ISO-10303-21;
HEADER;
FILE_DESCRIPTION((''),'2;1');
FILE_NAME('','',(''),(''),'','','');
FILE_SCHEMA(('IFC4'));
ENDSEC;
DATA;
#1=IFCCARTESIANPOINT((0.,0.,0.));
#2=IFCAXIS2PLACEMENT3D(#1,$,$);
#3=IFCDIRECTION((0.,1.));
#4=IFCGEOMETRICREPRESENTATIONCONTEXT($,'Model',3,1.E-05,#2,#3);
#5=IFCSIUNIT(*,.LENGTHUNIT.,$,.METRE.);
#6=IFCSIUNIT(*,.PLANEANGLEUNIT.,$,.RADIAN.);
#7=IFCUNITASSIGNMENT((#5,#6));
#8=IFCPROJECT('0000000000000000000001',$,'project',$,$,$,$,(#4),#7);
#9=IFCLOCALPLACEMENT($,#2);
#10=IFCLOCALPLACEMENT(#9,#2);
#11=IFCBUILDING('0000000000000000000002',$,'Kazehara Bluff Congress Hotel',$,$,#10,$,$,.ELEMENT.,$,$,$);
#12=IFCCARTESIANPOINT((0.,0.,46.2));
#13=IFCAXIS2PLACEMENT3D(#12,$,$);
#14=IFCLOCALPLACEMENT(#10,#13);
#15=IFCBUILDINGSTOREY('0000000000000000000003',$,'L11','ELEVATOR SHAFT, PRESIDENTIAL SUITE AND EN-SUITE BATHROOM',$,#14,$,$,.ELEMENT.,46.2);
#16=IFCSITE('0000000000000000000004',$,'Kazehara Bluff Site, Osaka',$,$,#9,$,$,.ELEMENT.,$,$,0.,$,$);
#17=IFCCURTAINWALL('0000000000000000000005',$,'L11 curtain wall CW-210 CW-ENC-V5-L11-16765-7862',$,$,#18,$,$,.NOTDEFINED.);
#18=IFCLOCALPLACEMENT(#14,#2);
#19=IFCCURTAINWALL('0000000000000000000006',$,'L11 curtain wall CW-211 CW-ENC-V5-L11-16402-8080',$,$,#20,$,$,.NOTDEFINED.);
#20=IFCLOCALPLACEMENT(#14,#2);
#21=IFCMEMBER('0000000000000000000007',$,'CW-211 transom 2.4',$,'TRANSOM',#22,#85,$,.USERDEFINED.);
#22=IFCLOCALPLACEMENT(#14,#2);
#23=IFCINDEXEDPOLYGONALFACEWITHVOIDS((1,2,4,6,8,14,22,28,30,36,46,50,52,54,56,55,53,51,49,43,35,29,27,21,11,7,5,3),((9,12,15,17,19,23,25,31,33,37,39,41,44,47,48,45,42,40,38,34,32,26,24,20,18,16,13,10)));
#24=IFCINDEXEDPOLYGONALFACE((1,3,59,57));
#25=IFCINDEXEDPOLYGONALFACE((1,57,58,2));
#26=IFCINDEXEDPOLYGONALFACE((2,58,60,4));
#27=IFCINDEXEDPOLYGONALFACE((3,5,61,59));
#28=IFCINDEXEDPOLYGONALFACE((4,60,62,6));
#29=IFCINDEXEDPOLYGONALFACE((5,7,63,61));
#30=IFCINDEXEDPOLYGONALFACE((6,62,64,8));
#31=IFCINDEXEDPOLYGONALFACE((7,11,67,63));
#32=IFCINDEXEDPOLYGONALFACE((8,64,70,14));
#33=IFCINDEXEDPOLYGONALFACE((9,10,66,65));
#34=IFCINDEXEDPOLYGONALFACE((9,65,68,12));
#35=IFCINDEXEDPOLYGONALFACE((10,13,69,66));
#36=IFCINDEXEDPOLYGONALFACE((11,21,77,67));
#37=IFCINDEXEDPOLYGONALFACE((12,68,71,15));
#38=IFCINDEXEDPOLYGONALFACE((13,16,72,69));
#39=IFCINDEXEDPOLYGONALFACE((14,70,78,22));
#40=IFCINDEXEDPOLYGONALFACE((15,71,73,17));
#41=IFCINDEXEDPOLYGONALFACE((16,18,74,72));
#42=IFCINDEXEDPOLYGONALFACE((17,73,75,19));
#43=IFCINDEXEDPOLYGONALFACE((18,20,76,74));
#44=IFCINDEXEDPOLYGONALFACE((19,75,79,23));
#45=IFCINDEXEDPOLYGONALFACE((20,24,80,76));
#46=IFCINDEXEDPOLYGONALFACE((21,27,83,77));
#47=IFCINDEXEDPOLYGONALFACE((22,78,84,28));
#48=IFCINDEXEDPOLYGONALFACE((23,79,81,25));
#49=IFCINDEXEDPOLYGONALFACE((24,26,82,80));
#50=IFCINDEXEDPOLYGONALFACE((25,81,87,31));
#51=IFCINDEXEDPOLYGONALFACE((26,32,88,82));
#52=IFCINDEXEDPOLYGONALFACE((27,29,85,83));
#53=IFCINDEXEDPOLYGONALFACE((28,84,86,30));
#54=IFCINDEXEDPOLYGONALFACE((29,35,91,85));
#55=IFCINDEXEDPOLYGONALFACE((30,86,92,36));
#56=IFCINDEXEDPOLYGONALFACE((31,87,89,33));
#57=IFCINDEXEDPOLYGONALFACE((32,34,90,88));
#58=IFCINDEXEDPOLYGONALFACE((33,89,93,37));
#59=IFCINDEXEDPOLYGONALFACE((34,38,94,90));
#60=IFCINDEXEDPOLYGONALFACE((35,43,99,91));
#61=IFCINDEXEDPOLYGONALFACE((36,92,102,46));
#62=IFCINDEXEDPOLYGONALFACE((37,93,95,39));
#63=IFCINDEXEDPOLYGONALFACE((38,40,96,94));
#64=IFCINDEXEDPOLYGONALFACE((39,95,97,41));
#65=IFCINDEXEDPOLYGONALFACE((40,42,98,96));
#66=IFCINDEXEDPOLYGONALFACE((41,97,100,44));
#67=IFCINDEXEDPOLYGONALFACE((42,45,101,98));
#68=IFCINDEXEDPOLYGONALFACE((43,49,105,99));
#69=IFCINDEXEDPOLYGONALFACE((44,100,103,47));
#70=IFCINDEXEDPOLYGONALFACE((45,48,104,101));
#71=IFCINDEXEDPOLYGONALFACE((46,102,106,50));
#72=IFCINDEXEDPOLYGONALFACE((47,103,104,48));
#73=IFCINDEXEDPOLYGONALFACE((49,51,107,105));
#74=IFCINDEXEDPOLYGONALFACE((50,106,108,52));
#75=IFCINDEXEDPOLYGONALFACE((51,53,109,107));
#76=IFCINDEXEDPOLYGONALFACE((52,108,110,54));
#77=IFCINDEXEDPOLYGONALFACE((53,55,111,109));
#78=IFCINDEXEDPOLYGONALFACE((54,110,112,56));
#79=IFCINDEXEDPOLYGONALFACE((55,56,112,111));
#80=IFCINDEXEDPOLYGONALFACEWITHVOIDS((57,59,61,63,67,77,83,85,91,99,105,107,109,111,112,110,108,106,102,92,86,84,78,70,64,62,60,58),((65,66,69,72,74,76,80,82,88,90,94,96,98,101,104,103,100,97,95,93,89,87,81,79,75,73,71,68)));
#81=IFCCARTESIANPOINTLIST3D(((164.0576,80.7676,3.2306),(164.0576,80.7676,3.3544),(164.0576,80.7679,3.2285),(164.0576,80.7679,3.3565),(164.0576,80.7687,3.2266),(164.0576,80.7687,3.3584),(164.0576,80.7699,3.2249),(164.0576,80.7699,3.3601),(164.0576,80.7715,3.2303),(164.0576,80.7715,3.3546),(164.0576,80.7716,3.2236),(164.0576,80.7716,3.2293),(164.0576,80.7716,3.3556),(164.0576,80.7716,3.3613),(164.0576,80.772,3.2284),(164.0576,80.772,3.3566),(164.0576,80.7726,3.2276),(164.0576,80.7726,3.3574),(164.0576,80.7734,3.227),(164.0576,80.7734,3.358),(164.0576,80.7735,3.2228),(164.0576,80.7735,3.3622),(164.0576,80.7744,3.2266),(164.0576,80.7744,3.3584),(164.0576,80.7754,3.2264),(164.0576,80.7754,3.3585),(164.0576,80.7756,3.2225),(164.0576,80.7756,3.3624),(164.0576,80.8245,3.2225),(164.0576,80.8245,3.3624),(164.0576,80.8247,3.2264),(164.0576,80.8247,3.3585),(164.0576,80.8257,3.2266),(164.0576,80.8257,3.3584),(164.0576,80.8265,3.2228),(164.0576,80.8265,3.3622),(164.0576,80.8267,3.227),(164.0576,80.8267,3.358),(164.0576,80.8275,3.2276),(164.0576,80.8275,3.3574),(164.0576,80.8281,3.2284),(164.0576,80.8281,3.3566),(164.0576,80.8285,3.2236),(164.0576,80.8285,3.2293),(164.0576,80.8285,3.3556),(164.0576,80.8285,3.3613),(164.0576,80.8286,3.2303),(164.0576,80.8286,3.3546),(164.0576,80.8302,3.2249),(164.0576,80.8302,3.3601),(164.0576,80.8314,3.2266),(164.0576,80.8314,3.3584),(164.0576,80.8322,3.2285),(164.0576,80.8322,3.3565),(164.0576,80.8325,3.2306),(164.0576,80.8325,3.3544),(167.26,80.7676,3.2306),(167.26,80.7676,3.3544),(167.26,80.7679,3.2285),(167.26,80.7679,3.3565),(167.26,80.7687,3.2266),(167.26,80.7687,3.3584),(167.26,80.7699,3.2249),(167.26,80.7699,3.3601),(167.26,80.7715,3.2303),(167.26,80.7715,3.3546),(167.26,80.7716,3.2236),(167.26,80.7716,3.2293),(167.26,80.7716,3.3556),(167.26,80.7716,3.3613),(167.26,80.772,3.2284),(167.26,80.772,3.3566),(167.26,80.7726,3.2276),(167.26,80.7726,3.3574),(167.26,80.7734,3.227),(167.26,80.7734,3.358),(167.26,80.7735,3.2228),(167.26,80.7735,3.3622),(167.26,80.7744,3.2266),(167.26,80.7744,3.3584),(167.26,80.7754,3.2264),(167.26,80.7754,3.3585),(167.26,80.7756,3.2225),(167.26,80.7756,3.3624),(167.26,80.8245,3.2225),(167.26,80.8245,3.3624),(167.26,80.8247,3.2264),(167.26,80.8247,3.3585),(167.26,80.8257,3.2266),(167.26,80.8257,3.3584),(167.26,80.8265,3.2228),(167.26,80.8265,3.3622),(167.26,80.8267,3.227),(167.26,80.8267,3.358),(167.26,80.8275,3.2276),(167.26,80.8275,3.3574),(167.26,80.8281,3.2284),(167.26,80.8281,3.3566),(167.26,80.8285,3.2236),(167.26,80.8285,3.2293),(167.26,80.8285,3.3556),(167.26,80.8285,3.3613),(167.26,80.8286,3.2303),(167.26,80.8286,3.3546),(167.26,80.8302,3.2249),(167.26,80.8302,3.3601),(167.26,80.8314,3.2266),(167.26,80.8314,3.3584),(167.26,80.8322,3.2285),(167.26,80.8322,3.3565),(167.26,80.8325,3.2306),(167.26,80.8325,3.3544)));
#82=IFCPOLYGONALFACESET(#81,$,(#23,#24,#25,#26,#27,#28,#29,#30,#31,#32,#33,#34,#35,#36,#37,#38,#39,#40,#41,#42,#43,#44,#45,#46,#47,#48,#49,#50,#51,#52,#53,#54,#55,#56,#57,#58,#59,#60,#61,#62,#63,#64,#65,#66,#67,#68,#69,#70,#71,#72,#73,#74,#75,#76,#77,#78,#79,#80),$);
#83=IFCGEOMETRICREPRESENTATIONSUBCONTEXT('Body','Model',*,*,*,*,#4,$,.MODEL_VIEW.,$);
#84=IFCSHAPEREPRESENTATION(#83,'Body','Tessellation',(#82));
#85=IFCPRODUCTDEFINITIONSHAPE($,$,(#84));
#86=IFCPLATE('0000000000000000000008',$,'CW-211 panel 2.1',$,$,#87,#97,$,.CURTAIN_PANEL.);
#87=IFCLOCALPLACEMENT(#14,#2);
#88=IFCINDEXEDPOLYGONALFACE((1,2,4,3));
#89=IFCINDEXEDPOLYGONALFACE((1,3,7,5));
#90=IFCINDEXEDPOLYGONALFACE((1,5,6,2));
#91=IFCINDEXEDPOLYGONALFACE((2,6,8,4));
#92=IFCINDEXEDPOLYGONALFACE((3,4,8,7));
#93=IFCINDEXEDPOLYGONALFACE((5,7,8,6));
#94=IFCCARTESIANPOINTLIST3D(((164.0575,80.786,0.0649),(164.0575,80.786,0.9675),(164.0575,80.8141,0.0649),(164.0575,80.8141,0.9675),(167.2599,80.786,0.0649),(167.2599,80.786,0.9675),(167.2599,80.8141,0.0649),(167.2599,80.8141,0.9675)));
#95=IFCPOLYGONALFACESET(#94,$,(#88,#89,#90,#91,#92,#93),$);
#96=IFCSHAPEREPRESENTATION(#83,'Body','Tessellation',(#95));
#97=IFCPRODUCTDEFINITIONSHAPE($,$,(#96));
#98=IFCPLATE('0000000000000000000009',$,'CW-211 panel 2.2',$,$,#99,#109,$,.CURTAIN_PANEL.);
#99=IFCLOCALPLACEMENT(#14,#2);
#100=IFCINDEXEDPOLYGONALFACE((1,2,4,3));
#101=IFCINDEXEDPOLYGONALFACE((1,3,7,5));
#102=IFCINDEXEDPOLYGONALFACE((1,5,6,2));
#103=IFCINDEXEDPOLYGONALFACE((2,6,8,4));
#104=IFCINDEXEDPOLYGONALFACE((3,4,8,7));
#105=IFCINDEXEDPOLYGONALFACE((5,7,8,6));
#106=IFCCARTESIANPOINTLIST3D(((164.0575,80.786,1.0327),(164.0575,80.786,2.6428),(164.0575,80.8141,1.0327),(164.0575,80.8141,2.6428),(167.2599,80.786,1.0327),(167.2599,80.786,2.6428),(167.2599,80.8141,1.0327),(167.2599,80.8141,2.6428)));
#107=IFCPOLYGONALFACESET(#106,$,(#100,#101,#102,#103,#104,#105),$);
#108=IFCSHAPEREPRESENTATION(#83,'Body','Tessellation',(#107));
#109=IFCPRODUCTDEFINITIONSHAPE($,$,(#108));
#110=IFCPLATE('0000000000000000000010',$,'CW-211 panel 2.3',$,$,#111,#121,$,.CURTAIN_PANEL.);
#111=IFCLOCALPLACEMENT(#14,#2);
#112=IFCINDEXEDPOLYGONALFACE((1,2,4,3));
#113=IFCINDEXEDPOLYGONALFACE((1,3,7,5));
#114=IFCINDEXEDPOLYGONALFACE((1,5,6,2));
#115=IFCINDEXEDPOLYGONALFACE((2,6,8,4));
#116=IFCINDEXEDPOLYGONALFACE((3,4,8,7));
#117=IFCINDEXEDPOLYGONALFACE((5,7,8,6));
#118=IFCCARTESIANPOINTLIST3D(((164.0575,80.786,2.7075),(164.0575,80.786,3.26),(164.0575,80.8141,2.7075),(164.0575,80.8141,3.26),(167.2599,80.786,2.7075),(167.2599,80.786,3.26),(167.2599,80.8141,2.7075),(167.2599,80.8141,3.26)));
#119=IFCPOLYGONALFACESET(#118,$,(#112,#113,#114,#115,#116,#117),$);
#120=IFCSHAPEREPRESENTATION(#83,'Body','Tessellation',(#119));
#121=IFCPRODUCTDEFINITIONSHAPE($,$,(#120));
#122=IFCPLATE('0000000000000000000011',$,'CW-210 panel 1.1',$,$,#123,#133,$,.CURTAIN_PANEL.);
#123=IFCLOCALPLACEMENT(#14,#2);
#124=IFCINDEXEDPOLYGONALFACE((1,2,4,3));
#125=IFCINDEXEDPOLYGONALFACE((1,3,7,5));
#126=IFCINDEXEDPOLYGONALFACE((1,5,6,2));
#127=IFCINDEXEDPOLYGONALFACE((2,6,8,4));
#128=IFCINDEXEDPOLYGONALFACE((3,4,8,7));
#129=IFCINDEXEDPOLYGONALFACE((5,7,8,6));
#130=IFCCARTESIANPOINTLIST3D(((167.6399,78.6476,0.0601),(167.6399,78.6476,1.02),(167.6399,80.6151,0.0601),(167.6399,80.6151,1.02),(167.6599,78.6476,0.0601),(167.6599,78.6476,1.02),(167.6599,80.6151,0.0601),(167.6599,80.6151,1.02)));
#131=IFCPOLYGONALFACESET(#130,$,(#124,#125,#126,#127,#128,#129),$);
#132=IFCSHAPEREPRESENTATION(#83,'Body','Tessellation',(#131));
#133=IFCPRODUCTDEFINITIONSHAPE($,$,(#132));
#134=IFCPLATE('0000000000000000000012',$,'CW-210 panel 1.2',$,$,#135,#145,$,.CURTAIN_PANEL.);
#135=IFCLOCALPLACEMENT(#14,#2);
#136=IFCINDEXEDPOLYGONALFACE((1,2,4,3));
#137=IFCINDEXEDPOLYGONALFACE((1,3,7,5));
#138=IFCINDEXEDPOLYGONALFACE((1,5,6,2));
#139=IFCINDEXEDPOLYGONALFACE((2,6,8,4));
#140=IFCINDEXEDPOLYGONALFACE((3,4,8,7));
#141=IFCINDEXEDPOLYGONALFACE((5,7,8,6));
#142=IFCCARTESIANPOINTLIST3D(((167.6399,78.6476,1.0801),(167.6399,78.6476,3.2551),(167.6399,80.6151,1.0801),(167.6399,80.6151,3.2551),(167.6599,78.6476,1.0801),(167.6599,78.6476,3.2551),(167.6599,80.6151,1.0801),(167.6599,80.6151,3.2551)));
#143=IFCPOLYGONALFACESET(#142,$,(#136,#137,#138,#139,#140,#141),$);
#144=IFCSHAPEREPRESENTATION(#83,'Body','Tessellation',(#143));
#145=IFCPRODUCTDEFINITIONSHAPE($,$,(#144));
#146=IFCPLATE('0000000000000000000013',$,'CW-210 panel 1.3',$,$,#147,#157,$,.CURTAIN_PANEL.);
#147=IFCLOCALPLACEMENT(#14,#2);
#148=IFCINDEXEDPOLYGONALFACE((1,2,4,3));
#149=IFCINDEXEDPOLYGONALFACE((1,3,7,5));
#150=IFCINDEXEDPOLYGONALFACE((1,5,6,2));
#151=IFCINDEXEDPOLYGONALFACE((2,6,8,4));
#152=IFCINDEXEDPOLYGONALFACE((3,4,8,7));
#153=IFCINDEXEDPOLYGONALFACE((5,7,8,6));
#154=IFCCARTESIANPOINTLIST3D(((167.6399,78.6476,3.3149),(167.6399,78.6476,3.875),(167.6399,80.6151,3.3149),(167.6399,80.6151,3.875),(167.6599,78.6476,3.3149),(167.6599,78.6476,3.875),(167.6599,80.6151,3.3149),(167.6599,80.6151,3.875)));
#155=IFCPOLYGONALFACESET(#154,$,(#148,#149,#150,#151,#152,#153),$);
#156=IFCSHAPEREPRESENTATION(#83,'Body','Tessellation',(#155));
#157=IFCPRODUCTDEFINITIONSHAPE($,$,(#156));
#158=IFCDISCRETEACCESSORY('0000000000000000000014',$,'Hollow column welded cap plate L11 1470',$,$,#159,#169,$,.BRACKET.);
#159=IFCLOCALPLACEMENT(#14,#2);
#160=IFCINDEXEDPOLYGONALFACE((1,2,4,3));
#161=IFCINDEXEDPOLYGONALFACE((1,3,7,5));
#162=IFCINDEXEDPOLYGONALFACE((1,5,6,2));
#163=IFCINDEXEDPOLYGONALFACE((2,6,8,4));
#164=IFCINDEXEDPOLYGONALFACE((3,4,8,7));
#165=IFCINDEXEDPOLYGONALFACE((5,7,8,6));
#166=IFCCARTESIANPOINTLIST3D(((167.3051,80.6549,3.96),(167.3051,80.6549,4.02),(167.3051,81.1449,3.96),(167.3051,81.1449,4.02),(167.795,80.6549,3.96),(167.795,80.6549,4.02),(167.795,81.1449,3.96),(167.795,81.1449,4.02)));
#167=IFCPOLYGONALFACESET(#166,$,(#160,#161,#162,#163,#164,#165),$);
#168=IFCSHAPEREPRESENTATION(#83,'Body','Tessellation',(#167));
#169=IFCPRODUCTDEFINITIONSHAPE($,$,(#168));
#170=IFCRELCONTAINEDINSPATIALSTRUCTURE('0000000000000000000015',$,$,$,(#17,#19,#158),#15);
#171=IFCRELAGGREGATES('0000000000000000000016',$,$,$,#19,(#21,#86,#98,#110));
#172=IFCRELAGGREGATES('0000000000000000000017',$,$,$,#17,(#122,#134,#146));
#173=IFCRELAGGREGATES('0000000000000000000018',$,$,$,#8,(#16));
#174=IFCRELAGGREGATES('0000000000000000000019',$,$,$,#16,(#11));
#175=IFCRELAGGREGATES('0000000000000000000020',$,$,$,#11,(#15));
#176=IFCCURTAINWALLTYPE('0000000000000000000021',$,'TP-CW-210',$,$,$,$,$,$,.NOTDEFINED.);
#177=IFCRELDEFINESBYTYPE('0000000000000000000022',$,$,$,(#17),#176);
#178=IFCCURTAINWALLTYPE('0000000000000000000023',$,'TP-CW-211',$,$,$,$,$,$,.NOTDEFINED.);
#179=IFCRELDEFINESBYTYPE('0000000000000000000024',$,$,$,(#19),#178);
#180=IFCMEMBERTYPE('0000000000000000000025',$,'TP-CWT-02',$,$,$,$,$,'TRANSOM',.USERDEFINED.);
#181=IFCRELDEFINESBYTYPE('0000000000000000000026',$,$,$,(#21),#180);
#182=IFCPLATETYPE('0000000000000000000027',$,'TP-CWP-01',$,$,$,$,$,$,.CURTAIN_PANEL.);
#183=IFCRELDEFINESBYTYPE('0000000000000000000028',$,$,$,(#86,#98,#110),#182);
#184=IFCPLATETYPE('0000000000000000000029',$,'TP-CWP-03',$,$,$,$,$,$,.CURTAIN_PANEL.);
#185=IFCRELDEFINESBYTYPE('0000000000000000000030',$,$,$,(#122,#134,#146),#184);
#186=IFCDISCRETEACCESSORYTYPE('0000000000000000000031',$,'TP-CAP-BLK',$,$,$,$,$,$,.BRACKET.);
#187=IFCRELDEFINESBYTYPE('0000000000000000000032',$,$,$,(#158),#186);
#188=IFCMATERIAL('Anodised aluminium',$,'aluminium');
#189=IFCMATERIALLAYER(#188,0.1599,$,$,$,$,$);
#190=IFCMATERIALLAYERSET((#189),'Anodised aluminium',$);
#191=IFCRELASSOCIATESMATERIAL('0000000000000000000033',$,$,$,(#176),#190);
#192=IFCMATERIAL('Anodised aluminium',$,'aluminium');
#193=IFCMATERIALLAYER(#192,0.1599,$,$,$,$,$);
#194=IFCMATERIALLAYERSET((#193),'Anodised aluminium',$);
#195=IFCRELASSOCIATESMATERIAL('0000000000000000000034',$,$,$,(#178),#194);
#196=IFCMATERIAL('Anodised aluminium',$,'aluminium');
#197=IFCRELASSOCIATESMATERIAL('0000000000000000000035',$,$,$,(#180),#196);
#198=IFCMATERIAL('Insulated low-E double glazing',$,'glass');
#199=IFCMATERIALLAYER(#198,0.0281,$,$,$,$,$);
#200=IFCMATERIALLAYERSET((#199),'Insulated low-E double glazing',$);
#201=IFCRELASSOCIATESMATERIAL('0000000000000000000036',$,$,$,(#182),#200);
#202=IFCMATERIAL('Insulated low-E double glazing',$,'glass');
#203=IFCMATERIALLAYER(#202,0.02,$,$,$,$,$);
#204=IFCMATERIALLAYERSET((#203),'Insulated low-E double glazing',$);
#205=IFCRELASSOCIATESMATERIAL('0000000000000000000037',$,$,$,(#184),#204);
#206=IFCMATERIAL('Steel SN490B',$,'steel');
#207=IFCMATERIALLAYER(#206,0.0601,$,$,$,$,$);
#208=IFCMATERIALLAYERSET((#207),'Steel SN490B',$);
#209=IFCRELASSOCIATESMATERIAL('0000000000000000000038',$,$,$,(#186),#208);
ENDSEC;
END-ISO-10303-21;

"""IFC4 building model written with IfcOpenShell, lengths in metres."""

from ifc_helpers import new_model, si_unit, direction, frame, origin, origin_2d, place, context, subcontext, project, spatial, rectangle, hollow_rectangle, extrude, material, layer, layer_set, material_profile, profile_set, type_object, element, aggregate, save


model = new_model("IFC4")

# Units and contexts
model_context = context("Model", 3, precision=1e-05, world=origin(), true_north=direction((0.0, 1.0)))
body_context = subcontext(model_context, "Body", "Model", "MODEL_VIEW")
ifc_project = project(units=[si_unit("LENGTHUNIT", "METRE"), si_unit("PLANEANGLEUNIT", "RADIAN")], contexts=[model_context])

# Site, building, storey
site_placement = place(None, origin())
site = spatial("IfcSite", under=ifc_project, at=site_placement, Name="Kazehara Bluff Site, Osaka", CompositionType="ELEMENT", RefElevation=0.0)
building_placement = place(site_placement, origin())
building = spatial("IfcBuilding", under=site, at=building_placement, Name="Kazehara Bluff Congress Hotel", CompositionType="ELEMENT")
storey_placement = place(building_placement, frame((0.0, 0.0, 46.2)))
storey = spatial("IfcBuildingStorey", under=building, at=storey_placement, Name="L11", Description="ELEVATOR SHAFT, PRESIDENTIAL SUITE AND EN-SUITE BATHROOM", CompositionType="ELEMENT", Elevation=46.2)

# Curtain wall
ifc_material_1 = material(Name="Anodised aluminium", Category="aluminium")
ifc_layer_1 = layer(ifc_material_1, 0.1599)
ifc_layer_set_1 = layer_set([ifc_layer_1], Name="Anodised aluminium")
curtain_wall_type_1 = type_object("IfcCurtainWallType", Name="TP-CW-210", PredefinedType="NOTDEFINED", material=ifc_layer_set_1)
curtain_wall_1_placement = place(storey_placement, origin())
curtain_wall_1 = element("IfcCurtainWall", 1, at=curtain_wall_1_placement, inside=storey, type_object=curtain_wall_type_1, Name="L11 curtain wall CW-210 CW-ENC-V5-L11-16765-7862", PredefinedType="NOTDEFINED")

# Curtain wall
ifc_material_2 = material(Name="Anodised aluminium", Category="aluminium")
ifc_layer_2 = layer(ifc_material_2, 0.1599)
ifc_layer_set_2 = layer_set([ifc_layer_2], Name="Anodised aluminium")
curtain_wall_type_2 = type_object("IfcCurtainWallType", Name="TP-CW-211", PredefinedType="NOTDEFINED", material=ifc_layer_set_2)
curtain_wall_2_placement = place(storey_placement, origin())
curtain_wall_2 = element("IfcCurtainWall", 2, at=curtain_wall_2_placement, inside=storey, type_object=curtain_wall_type_2, Name="L11 curtain wall CW-211 CW-ENC-V5-L11-16402-8080", PredefinedType="NOTDEFINED")

# Member
ifc_material_3 = material(Name="Anodised aluminium", Category="aluminium")
ifc_material_profile_1 = material_profile(ifc_material_3, hollow_rectangle(XDim=0.0649, YDim=0.1399, WallThickness=0.0039, InnerFilletRadius=0.0039, OuterFilletRadius=0.0081, at=origin_2d()))
ifc_profile_set_1 = profile_set([ifc_material_profile_1], Name="Anodised aluminium")
member_type_1 = type_object("IfcMemberType", Name="TP-CWT-02", ElementType="TRANSOM", PredefinedType="USERDEFINED", material=ifc_profile_set_1)
member_1_placement = place(storey_placement, frame((164.0576, 80.8, 3.2925), z_axis=(1.0, 0.0, 0.0), x_axis=(0.0, 1.0, 0.0)))
member_1 = element("IfcMember", 3, at=member_1_placement, type_object=member_type_1, Name="CW-211 transom 2.4", ObjectType="TRANSOM", PredefinedType="USERDEFINED", context=body_context, shape_type="SweptSolid", body=[
    extrude(hollow_rectangle(XDim=0.0649, YDim=0.1399, WallThickness=0.0039, InnerFilletRadius=0.0039, OuterFilletRadius=0.0081, at=origin_2d()), origin(), (0.0, 0.0, 1.0), 3.2024),
])

# Plates
ifc_material_4 = material(Name="Insulated low-E double glazing", Category="glass")
ifc_layer_3 = layer(ifc_material_4, 0.0281)
ifc_layer_set_3 = layer_set([ifc_layer_3], Name="Insulated low-E double glazing")
plate_type_1 = type_object("IfcPlateType", Name="TP-CWP-01", PredefinedType="CURTAIN_PANEL", material=ifc_layer_set_3)
plate_1_placement = place(storey_placement, frame((165.6587, 80.8, 0.0649), z_axis=(0.0, 0.0, 1.0), x_axis=(1.0, 0.0, 0.0)))
plate_1 = element("IfcPlate", 4, at=plate_1_placement, type_object=plate_type_1, Name="CW-211 panel 2.1", PredefinedType="CURTAIN_PANEL", context=body_context, shape_type="SweptSolid", body=[
    extrude(rectangle(XDim=3.2024, YDim=0.0281, at=origin_2d()), origin(), (0.0, 0.0, 1.0), 0.9026),
])
plate_2_placement = place(storey_placement, frame((165.6587, 80.8, 1.0327), z_axis=(0.0, 0.0, 1.0), x_axis=(1.0, 0.0, 0.0)))
plate_2 = element("IfcPlate", 5, at=plate_2_placement, type_object=plate_type_1, Name="CW-211 panel 2.2", PredefinedType="CURTAIN_PANEL", context=body_context, shape_type="SweptSolid", body=[
    extrude(rectangle(XDim=3.2024, YDim=0.0281, at=origin_2d()), origin(), (0.0, 0.0, 1.0), 1.6101),
])
plate_3_placement = place(storey_placement, frame((165.6587, 80.8, 2.7075), z_axis=(0.0, 0.0, 1.0), x_axis=(1.0, 0.0, 0.0)))
plate_3 = element("IfcPlate", 6, at=plate_3_placement, type_object=plate_type_1, Name="CW-211 panel 2.3", PredefinedType="CURTAIN_PANEL", context=body_context, shape_type="SweptSolid", body=[
    extrude(rectangle(XDim=3.2024, YDim=0.0281, at=origin_2d()), origin(), (0.0, 0.0, 1.0), 0.5525),
])
aggregate(curtain_wall_2, [member_1, plate_1, plate_2, plate_3])
ifc_material_5 = material(Name="Insulated low-E double glazing", Category="glass")
ifc_layer_4 = layer(ifc_material_5, 0.02)
ifc_layer_set_4 = layer_set([ifc_layer_4], Name="Insulated low-E double glazing")
plate_type_2 = type_object("IfcPlateType", Name="TP-CWP-03", PredefinedType="CURTAIN_PANEL", material=ifc_layer_set_4)
plate_4_placement = place(storey_placement, frame((167.6499, 79.6313, 0.0601), z_axis=(0.0, 0.0, 1.0), x_axis=(0.0, -1.0, 0.0)))
plate_4 = element("IfcPlate", 7, at=plate_4_placement, type_object=plate_type_2, Name="CW-210 panel 1.1", PredefinedType="CURTAIN_PANEL", context=body_context, shape_type="SweptSolid", body=[
    extrude(rectangle(XDim=1.9675, YDim=0.02, at=origin_2d()), origin(), (0.0, 0.0, 1.0), 0.96),
])
plate_5_placement = place(storey_placement, frame((167.6499, 79.6313, 1.0801), z_axis=(0.0, 0.0, 1.0), x_axis=(0.0, -1.0, 0.0)))
plate_5 = element("IfcPlate", 8, at=plate_5_placement, type_object=plate_type_2, Name="CW-210 panel 1.2", PredefinedType="CURTAIN_PANEL", context=body_context, shape_type="SweptSolid", body=[
    extrude(rectangle(XDim=1.9675, YDim=0.02, at=origin_2d()), origin(), (0.0, 0.0, 1.0), 2.175),
])
plate_6_placement = place(storey_placement, frame((167.6499, 79.6313, 3.3149), z_axis=(0.0, 0.0, 1.0), x_axis=(0.0, -1.0, 0.0)))
plate_6 = element("IfcPlate", 9, at=plate_6_placement, type_object=plate_type_2, Name="CW-210 panel 1.3", PredefinedType="CURTAIN_PANEL", context=body_context, shape_type="SweptSolid", body=[
    extrude(rectangle(XDim=1.9675, YDim=0.02, at=origin_2d()), origin(), (0.0, 0.0, 1.0), 0.5601),
])
aggregate(curtain_wall_1, [plate_4, plate_5, plate_6])

# Discrete accessory
ifc_material_6 = material(Name="Steel SN490B", Category="steel")
ifc_layer_5 = layer(ifc_material_6, 0.0601)
ifc_layer_set_5 = layer_set([ifc_layer_5], Name="Steel SN490B")
discrete_accessory_type = type_object("IfcDiscreteAccessoryType", Name="TP-CAP-BLK", PredefinedType="BRACKET", material=ifc_layer_set_5)
discrete_accessory_placement = place(storey_placement, frame((167.55, 80.8999, 3.96), z_axis=(0.0, 0.0, 1.0), x_axis=(1.0, 0.0, 0.0)))
element("IfcDiscreteAccessory", 10, at=discrete_accessory_placement, inside=storey, type_object=discrete_accessory_type, Name="Hollow column welded cap plate L11 1470", PredefinedType="BRACKET", context=body_context, shape_type="SweptSolid", body=[
    extrude(rectangle(XDim=0.49, YDim=0.49, at=origin_2d()), origin(), (0.0, 0.0, 1.0), 0.0601),
])

save(model, "model.ifc")
